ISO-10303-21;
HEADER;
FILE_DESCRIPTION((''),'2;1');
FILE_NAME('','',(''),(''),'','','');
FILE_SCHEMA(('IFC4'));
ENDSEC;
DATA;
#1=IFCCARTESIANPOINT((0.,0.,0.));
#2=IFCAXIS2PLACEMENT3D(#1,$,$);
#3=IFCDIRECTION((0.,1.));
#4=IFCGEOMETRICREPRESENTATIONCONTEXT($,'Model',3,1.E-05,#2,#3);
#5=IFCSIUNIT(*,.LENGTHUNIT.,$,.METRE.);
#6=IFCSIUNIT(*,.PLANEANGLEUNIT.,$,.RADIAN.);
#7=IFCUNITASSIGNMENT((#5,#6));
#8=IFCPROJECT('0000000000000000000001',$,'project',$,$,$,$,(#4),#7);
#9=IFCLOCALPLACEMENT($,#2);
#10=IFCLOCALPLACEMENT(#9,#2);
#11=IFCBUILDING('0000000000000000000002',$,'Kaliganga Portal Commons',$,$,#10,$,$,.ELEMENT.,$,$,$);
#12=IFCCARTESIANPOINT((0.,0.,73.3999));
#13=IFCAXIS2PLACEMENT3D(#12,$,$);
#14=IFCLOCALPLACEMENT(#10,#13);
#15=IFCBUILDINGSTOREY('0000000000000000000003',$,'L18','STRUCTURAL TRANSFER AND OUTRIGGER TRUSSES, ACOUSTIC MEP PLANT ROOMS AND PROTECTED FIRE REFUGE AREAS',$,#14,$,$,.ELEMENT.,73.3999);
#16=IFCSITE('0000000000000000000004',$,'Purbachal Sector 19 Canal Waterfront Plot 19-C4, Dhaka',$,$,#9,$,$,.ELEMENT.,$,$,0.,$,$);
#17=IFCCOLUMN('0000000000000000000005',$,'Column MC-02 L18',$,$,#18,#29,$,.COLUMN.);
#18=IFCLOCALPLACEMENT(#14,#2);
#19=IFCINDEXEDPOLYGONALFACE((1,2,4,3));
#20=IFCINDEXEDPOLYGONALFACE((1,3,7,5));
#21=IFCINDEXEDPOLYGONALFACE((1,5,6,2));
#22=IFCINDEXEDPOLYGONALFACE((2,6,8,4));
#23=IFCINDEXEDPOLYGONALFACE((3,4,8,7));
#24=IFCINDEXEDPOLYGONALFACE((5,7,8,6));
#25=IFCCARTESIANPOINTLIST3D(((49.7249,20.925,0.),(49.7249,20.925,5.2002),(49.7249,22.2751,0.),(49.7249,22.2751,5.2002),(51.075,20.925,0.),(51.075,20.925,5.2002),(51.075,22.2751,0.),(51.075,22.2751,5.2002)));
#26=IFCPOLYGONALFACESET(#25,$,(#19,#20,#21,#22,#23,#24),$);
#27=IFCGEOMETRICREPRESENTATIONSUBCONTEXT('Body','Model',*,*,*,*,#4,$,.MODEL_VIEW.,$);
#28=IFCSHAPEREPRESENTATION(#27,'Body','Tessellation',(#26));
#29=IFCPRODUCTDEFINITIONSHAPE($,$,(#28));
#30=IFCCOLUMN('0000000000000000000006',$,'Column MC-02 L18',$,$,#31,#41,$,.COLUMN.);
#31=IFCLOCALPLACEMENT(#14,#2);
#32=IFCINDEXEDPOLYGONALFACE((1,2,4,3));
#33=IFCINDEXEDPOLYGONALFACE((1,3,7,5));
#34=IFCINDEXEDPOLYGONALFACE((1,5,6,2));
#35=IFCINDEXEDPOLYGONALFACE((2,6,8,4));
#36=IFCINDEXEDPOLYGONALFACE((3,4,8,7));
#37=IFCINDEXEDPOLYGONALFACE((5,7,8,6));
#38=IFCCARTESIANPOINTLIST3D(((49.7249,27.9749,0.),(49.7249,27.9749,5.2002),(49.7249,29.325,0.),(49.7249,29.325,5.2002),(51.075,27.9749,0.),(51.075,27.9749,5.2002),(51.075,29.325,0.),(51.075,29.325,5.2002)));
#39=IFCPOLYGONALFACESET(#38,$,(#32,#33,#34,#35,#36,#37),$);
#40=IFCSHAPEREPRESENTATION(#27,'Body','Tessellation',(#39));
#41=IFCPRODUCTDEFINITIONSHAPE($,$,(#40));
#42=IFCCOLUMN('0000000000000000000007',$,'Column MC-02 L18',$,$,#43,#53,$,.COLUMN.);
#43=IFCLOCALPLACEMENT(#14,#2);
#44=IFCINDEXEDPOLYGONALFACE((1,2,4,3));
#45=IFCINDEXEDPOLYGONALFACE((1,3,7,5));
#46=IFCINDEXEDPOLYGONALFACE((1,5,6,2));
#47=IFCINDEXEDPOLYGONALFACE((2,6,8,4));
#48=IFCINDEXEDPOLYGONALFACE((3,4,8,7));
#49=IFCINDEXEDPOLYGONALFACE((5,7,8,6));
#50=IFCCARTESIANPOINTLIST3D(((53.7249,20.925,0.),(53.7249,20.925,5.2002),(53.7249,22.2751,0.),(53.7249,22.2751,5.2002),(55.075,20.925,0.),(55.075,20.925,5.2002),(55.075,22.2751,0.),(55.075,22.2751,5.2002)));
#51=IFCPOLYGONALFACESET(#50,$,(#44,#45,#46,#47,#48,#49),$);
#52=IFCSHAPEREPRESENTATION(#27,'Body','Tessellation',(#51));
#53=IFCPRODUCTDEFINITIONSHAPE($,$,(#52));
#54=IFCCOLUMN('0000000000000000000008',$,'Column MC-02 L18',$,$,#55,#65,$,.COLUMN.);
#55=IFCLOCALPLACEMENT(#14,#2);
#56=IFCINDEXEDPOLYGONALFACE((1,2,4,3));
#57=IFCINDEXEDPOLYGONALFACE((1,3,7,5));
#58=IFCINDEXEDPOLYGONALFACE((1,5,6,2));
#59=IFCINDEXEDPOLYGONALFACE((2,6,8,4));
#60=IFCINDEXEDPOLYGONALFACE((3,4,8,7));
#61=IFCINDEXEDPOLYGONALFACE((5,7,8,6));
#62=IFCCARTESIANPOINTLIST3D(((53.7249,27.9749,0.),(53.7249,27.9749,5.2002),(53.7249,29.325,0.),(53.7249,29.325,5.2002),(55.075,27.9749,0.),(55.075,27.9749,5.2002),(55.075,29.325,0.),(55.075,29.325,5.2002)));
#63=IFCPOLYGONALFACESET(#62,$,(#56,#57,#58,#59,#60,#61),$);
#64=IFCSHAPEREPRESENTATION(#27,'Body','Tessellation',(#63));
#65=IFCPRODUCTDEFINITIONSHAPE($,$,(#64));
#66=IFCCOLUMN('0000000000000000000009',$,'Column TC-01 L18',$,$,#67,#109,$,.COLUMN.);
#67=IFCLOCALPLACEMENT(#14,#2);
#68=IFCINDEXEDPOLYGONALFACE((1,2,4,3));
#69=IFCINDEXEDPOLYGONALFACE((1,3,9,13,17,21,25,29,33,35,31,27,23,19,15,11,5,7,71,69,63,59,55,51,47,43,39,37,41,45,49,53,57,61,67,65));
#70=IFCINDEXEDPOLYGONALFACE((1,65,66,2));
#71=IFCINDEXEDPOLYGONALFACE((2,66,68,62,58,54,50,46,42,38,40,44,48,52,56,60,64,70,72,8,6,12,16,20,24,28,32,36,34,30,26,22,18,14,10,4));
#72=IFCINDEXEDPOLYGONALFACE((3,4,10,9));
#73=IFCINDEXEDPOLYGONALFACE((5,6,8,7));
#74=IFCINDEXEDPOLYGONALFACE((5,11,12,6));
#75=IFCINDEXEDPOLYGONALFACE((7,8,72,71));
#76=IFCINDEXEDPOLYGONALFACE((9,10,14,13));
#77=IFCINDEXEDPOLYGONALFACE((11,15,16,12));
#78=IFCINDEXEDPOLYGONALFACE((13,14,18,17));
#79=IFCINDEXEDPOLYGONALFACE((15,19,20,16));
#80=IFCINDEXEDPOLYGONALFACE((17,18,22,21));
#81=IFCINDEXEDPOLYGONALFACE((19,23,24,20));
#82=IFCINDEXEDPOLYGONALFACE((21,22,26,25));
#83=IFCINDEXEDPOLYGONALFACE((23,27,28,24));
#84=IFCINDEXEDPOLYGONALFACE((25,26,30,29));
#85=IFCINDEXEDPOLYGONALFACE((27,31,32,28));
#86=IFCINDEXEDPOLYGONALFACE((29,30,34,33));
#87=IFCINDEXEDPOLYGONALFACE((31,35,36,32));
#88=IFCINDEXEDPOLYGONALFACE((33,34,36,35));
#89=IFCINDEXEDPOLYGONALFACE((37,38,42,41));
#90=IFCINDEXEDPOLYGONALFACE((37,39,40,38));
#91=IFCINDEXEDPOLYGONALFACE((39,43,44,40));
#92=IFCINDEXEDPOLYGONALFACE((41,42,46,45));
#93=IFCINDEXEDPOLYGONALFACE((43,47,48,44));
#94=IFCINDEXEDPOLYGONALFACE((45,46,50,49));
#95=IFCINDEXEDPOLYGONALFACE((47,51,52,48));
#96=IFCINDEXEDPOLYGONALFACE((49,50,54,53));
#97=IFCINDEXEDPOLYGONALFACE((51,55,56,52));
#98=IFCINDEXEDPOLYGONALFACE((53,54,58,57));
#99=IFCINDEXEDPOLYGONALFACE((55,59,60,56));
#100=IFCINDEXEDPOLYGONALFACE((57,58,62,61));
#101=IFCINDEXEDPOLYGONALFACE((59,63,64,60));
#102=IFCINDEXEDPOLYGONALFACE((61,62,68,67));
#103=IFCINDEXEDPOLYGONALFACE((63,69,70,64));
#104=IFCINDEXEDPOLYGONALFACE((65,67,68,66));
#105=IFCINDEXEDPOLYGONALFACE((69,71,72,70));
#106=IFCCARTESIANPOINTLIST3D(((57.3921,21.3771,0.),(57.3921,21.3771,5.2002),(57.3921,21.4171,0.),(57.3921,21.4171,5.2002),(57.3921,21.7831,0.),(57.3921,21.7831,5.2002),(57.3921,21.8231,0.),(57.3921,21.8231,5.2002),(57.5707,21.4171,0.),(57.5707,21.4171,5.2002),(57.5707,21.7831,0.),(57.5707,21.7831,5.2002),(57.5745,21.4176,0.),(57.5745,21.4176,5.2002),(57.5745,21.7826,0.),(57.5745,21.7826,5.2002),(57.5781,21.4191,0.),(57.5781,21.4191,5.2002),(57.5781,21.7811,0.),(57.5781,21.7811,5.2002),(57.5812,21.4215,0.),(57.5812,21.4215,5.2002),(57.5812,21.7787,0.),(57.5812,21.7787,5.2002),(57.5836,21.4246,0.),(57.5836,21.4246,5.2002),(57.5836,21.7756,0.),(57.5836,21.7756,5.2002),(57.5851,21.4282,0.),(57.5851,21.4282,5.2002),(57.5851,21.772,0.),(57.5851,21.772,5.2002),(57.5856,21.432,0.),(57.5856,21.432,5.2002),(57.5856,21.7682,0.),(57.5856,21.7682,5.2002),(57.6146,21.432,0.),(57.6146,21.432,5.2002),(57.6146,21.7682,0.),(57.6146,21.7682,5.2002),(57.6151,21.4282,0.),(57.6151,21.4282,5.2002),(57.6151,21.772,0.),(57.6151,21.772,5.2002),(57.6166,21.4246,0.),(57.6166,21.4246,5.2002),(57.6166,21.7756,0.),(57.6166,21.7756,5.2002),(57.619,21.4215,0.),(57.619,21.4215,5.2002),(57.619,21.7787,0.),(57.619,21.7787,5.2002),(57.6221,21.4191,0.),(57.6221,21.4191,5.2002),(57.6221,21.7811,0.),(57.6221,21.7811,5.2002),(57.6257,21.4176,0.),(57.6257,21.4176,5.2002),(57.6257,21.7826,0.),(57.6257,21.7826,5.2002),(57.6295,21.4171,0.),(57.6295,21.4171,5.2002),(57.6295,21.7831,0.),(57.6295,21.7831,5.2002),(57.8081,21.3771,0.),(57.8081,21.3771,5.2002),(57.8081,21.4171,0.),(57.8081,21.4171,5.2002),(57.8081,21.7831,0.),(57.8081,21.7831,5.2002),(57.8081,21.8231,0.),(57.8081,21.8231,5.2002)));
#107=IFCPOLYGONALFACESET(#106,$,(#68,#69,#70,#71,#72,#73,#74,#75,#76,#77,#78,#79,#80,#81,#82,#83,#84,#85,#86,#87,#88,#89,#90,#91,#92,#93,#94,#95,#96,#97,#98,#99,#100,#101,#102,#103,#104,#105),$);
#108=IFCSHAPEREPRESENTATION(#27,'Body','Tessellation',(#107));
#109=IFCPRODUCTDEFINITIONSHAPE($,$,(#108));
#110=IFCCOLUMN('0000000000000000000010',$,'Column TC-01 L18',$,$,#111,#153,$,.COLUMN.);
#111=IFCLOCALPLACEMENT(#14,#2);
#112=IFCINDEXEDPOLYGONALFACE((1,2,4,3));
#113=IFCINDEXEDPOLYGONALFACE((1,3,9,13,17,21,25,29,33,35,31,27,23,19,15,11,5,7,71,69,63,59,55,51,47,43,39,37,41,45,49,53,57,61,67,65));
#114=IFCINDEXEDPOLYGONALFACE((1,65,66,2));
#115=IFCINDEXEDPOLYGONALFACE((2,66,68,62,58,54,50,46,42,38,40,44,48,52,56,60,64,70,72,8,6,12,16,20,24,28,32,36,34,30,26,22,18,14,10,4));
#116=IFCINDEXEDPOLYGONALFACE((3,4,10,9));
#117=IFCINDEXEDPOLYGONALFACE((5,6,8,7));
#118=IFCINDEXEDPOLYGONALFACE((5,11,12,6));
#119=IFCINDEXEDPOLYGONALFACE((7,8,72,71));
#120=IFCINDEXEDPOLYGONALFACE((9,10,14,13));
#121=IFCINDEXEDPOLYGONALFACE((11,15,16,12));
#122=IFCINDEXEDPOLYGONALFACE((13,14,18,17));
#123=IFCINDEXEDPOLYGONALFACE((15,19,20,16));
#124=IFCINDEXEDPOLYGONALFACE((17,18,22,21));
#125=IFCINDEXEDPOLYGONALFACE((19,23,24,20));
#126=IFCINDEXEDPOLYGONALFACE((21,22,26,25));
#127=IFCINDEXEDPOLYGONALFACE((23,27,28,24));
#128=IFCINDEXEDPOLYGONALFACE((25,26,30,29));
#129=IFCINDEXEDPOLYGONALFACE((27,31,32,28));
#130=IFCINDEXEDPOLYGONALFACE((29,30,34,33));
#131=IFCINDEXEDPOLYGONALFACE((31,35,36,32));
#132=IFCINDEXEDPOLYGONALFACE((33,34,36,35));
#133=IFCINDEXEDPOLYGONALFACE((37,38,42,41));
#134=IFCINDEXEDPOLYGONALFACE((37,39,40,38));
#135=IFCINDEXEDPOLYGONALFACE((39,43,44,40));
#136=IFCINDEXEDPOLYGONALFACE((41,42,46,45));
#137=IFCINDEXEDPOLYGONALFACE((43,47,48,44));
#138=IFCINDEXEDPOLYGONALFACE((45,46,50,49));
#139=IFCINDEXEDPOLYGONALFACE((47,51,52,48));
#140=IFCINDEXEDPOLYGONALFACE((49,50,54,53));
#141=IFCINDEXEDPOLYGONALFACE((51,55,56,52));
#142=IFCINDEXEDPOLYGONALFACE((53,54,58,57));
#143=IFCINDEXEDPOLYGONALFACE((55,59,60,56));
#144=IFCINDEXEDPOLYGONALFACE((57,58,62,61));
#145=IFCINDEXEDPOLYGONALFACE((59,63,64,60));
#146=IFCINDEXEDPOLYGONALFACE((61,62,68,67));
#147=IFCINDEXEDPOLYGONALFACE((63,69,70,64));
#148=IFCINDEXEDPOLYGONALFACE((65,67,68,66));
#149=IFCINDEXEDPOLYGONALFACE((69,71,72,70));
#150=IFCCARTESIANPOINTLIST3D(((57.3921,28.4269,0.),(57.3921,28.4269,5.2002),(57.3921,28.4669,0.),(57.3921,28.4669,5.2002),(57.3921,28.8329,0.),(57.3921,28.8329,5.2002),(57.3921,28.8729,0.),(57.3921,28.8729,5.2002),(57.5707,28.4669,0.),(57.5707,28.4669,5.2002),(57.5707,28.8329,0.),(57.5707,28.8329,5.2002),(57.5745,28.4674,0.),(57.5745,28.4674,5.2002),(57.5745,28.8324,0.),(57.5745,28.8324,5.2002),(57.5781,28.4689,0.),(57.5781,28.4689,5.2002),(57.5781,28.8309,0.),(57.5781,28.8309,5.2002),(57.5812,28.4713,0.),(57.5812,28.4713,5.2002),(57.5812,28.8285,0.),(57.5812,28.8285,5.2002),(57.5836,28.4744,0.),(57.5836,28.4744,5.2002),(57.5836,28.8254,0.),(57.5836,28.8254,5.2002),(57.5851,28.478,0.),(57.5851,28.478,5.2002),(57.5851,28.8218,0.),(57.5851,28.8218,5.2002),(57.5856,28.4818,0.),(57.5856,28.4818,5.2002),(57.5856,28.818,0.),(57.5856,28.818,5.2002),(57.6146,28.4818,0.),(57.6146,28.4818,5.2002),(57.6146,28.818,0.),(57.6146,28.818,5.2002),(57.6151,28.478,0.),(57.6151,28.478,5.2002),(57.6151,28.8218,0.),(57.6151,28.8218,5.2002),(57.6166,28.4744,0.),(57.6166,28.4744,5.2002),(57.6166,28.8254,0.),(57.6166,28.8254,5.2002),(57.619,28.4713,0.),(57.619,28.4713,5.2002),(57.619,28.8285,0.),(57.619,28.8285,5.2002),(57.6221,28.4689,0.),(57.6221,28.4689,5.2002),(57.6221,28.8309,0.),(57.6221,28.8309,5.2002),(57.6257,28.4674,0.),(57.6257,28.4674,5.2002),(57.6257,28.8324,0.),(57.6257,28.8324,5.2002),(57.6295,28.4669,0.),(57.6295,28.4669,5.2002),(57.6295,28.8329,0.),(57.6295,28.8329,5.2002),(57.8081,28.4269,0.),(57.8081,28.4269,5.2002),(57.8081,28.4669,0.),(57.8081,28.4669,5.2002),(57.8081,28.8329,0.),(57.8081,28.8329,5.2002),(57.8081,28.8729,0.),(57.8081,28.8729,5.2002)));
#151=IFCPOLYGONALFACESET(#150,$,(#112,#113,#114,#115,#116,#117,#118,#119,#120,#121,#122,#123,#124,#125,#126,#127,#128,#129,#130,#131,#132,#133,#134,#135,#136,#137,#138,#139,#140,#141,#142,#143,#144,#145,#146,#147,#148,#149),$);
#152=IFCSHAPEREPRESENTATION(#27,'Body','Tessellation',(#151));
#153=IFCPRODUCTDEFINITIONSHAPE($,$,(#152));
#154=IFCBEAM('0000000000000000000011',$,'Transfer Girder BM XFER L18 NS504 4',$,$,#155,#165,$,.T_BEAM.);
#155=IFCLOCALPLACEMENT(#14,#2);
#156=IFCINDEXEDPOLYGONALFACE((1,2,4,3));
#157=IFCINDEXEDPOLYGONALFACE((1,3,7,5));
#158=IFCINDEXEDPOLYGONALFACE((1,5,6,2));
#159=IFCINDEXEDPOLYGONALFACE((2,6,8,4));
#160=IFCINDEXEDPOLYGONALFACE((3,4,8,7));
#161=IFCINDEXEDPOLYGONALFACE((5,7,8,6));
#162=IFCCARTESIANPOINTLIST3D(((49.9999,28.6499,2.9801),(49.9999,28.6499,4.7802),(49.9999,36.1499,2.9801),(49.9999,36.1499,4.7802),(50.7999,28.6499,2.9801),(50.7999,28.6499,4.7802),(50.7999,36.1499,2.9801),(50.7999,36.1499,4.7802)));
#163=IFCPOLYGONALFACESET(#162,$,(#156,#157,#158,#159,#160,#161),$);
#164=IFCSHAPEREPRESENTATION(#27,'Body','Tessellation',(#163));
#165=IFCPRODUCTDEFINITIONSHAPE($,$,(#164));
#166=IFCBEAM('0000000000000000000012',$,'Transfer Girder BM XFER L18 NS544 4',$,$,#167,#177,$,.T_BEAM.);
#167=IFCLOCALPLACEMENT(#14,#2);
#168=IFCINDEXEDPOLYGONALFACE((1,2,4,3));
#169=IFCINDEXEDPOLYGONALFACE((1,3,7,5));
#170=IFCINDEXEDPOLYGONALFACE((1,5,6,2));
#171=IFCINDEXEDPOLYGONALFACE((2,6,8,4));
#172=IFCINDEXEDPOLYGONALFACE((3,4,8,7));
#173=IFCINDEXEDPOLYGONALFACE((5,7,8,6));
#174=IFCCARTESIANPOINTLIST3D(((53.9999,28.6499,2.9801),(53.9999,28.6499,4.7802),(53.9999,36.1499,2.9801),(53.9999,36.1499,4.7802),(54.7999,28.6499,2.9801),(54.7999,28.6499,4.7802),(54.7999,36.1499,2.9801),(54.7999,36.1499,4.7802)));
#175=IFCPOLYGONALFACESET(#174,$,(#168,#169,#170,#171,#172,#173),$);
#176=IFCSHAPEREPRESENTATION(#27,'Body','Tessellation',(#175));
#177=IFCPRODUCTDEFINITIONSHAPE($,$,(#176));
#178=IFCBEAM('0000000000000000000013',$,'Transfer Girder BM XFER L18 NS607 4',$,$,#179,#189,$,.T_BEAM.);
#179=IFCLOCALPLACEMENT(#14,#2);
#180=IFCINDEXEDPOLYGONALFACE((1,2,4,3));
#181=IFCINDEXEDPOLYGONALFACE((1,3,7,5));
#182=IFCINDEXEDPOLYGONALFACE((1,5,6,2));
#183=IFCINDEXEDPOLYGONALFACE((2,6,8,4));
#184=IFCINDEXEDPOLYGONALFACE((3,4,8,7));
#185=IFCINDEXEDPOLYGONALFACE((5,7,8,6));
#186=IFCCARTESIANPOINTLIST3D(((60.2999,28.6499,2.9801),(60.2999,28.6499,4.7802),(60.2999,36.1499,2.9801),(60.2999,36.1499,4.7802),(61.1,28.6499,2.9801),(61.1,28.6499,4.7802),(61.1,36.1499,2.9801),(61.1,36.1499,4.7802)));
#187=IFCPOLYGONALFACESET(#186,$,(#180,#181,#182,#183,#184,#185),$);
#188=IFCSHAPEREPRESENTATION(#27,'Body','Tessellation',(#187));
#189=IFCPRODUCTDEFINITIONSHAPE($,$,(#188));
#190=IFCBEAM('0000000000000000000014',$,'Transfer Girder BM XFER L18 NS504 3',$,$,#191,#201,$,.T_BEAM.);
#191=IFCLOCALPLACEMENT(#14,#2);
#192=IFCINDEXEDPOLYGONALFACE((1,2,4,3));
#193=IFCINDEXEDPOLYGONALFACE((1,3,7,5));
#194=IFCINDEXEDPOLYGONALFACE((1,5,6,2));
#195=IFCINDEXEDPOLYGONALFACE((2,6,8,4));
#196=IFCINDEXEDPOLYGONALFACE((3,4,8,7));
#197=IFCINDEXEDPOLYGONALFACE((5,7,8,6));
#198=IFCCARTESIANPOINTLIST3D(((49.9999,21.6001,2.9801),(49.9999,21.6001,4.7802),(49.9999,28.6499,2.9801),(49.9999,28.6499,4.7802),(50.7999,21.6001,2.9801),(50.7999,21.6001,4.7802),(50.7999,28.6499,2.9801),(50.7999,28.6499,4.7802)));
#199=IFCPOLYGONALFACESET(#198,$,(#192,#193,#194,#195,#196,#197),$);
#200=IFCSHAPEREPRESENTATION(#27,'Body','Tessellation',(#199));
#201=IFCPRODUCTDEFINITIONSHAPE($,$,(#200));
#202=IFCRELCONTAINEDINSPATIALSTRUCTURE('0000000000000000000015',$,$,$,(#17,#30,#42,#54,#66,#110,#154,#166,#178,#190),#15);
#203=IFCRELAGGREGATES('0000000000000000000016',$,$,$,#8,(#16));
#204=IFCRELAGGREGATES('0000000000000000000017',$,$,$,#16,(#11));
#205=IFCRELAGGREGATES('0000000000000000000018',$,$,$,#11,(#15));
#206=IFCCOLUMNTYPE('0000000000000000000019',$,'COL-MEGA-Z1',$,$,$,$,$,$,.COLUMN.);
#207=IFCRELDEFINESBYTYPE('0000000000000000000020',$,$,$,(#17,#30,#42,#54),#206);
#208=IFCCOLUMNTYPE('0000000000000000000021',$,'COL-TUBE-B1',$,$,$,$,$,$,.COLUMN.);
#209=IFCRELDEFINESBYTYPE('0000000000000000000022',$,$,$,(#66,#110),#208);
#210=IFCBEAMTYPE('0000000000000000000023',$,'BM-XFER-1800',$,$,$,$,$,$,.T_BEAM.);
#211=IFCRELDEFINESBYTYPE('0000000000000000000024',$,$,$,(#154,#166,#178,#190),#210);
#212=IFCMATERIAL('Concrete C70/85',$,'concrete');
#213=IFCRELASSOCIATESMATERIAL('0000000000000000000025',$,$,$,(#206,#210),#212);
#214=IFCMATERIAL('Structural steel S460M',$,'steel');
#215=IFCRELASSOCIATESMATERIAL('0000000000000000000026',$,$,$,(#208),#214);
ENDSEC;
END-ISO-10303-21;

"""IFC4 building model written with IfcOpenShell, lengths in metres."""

from ifc_helpers import new_model, si_unit, direction, frame, origin, origin_2d, place, context, subcontext, project, spatial, rectangle, i_section, extrude, source, transform, mapped, material, material_profile, profile_set, type_object, element, save


model = new_model("IFC4")

# Units and contexts
model_context = context("Model", 3, precision=1e-05, world=origin(), true_north=direction((0.0, 1.0)))
body_context = subcontext(model_context, "Body", "Model", "MODEL_VIEW")
ifc_project = project(units=[si_unit("LENGTHUNIT", "METRE"), si_unit("PLANEANGLEUNIT", "RADIAN")], contexts=[model_context])

# Site, building, storey
site_placement = place(None, origin())
site = spatial("IfcSite", under=ifc_project, at=site_placement, Name="Purbachal Sector 19 Canal Waterfront Plot 19-C4, Dhaka", CompositionType="ELEMENT", RefElevation=0.0)
building_placement = place(site_placement, origin())
building = spatial("IfcBuilding", under=site, at=building_placement, Name="Kaliganga Portal Commons", CompositionType="ELEMENT")
storey_placement = place(building_placement, frame((0.0, 0.0, 73.3999)))
storey = spatial("IfcBuildingStorey", under=building, at=storey_placement, Name="L18", Description="STRUCTURAL TRANSFER AND OUTRIGGER TRUSSES, ACOUSTIC MEP PLANT ROOMS AND PROTECTED FIRE REFUGE AREAS", CompositionType="ELEMENT", Elevation=73.3999)

# Columns
ifc_material_1 = material(Name="Concrete C70/85", Category="concrete")
ifc_material_profile_1 = material_profile(ifc_material_1, rectangle(XDim=1.3501, YDim=1.3501, at=origin_2d()), Name="RC 1350x1350")
ifc_profile_set_1 = profile_set([ifc_material_profile_1], Name="Concrete C70/85")
column_type_1 = type_object("IfcColumnType", Name="COL-MEGA-Z1", PredefinedType="COLUMN", material=ifc_profile_set_1)
shared_shape_1 = source(origin(), body_context, "Body", "SweptSolid", [
    extrude(rectangle(XDim=1.3501, YDim=1.3501, at=origin_2d()), origin(), (0.0, 0.0, 1.0), 5.2002),
])
for number, where, z_axis, x_axis, name in (
    (1, (50.3999, 21.6001, 0.0), (0.0, 0.0, 1.0), (1.0, 0.0, 0.0), "Column MC-02 L18"),
    (2, (50.3999, 28.6499, 0.0), (0.0, 0.0, 1.0), (1.0, 0.0, 0.0), "Column MC-02 L18"),
    (3, (54.3999, 21.6001, 0.0), (0.0, 0.0, 1.0), (1.0, 0.0, 0.0), "Column MC-02 L18"),
    (4, (54.3999, 28.6499, 0.0), (0.0, 0.0, 1.0), (1.0, 0.0, 0.0), "Column MC-02 L18"),
):
    element("IfcColumn", number, at=place(storey_placement, frame(where, z_axis=z_axis, x_axis=x_axis)), inside=storey, type_object=column_type_1, Name=name, PredefinedType="COLUMN", context=body_context, shape_type="MappedRepresentation", body=[
        mapped(shared_shape_1, transform((0.0, 0.0, 0.0), x_axis=(1.0, 0.0, 0.0), y_axis=(0.0, 1.0, 0.0), z_axis=(0.0, 0.0, 1.0), scale=1.0)),
    ])
ifc_material_2 = material(Name="Structural steel S460M", Category="steel")
ifc_material_profile_2 = material_profile(ifc_material_2, i_section(OverallWidth=0.416, OverallDepth=0.446, WebThickness=0.0291, FlangeThickness=0.04, FilletRadius=0.0149, at=origin_2d()), Name="HD 400x509")
ifc_profile_set_2 = profile_set([ifc_material_profile_2], Name="Structural steel S460M wide-flange")
column_type_2 = type_object("IfcColumnType", Name="COL-TUBE-B1", PredefinedType="COLUMN", material=ifc_profile_set_2)
shared_shape_2 = source(origin(), body_context, "Body", "SweptSolid", [
    extrude(i_section(OverallWidth=0.416, OverallDepth=0.446, WebThickness=0.0291, FlangeThickness=0.04, FilletRadius=0.0149, at=origin_2d()), origin(), (0.0, 0.0, 1.0), 5.2002),
])
for number, where, z_axis, x_axis, name in (
    (5, (57.6001, 21.6001, 0.0), (0.0, 0.0, 1.0), (1.0, 0.0, 0.0), "Column TC-01 L18"),
    (6, (57.6001, 28.6499, 0.0), (0.0, 0.0, 1.0), (1.0, 0.0, 0.0), "Column TC-01 L18"),
):
    element("IfcColumn", number, at=place(storey_placement, frame(where, z_axis=z_axis, x_axis=x_axis)), inside=storey, type_object=column_type_2, Name=name, PredefinedType="COLUMN", context=body_context, shape_type="MappedRepresentation", body=[
        mapped(shared_shape_2, transform((0.0, 0.0, 0.0), x_axis=(1.0, 0.0, 0.0), y_axis=(0.0, 1.0, 0.0), z_axis=(0.0, 0.0, 1.0), scale=1.0)),
    ])

# Beams
ifc_material_profile_3 = material_profile(ifc_material_1, rectangle(XDim=0.8, YDim=1.8, at=origin_2d()), Name="RC 800x1800")
ifc_profile_set_3 = profile_set([ifc_material_profile_3], Name="Concrete C70/85")
beam_type_1 = type_object("IfcBeamType", Name="BM-XFER-1800", PredefinedType="T_BEAM", material=ifc_profile_set_3)
shared_shape_3 = source(origin(), body_context, "Body", "SweptSolid", [
    extrude(rectangle(XDim=0.8, YDim=1.8, at=origin_2d()), origin(), (0.0, 0.0, 1.0), 7.5),
])
for number, where, z_axis, x_axis, name in (
    (7, (50.3999, 28.6499, 3.8801), (0.0, 1.0, 0.0), (-1.0, 0.0, 0.0), "Transfer Girder BM XFER L18 NS504 4"),
    (8, (54.3999, 28.6499, 3.8801), (0.0, 1.0, 0.0), (-1.0, 0.0, 0.0), "Transfer Girder BM XFER L18 NS544 4"),
    (9, (60.7, 28.6499, 3.8801), (0.0, 1.0, 0.0), (-1.0, 0.0, 0.0), "Transfer Girder BM XFER L18 NS607 4"),
):
    element("IfcBeam", number, at=place(storey_placement, frame(where, z_axis=z_axis, x_axis=x_axis)), inside=storey, type_object=beam_type_1, Name=name, PredefinedType="T_BEAM", context=body_context, shape_type="MappedRepresentation", body=[
        mapped(shared_shape_3, transform((0.0, 0.0, 0.0), x_axis=(1.0, 0.0, 0.0), y_axis=(0.0, 1.0, 0.0), z_axis=(0.0, 0.0, 1.0), scale=1.0)),
    ])
shared_shape_4 = source(origin(), body_context, "Body", "SweptSolid", [
    extrude(rectangle(XDim=0.8, YDim=1.8, at=origin_2d()), origin(), (0.0, 0.0, 1.0), 7.0498),
])
for number, where, z_axis, x_axis, name in (
    (10, (50.3999, 21.6001, 3.8801), (0.0, 1.0, 0.0), (-1.0, 0.0, 0.0), "Transfer Girder BM XFER L18 NS504 3"),
):
    element("IfcBeam", number, at=place(storey_placement, frame(where, z_axis=z_axis, x_axis=x_axis)), inside=storey, type_object=beam_type_1, Name=name, PredefinedType="T_BEAM", context=body_context, shape_type="MappedRepresentation", body=[
        mapped(shared_shape_4, transform((0.0, 0.0, 0.0), x_axis=(1.0, 0.0, 0.0), y_axis=(0.0, 1.0, 0.0), z_axis=(0.0, 0.0, 1.0), scale=1.0)),
    ])

save(model, "model.ifc")
